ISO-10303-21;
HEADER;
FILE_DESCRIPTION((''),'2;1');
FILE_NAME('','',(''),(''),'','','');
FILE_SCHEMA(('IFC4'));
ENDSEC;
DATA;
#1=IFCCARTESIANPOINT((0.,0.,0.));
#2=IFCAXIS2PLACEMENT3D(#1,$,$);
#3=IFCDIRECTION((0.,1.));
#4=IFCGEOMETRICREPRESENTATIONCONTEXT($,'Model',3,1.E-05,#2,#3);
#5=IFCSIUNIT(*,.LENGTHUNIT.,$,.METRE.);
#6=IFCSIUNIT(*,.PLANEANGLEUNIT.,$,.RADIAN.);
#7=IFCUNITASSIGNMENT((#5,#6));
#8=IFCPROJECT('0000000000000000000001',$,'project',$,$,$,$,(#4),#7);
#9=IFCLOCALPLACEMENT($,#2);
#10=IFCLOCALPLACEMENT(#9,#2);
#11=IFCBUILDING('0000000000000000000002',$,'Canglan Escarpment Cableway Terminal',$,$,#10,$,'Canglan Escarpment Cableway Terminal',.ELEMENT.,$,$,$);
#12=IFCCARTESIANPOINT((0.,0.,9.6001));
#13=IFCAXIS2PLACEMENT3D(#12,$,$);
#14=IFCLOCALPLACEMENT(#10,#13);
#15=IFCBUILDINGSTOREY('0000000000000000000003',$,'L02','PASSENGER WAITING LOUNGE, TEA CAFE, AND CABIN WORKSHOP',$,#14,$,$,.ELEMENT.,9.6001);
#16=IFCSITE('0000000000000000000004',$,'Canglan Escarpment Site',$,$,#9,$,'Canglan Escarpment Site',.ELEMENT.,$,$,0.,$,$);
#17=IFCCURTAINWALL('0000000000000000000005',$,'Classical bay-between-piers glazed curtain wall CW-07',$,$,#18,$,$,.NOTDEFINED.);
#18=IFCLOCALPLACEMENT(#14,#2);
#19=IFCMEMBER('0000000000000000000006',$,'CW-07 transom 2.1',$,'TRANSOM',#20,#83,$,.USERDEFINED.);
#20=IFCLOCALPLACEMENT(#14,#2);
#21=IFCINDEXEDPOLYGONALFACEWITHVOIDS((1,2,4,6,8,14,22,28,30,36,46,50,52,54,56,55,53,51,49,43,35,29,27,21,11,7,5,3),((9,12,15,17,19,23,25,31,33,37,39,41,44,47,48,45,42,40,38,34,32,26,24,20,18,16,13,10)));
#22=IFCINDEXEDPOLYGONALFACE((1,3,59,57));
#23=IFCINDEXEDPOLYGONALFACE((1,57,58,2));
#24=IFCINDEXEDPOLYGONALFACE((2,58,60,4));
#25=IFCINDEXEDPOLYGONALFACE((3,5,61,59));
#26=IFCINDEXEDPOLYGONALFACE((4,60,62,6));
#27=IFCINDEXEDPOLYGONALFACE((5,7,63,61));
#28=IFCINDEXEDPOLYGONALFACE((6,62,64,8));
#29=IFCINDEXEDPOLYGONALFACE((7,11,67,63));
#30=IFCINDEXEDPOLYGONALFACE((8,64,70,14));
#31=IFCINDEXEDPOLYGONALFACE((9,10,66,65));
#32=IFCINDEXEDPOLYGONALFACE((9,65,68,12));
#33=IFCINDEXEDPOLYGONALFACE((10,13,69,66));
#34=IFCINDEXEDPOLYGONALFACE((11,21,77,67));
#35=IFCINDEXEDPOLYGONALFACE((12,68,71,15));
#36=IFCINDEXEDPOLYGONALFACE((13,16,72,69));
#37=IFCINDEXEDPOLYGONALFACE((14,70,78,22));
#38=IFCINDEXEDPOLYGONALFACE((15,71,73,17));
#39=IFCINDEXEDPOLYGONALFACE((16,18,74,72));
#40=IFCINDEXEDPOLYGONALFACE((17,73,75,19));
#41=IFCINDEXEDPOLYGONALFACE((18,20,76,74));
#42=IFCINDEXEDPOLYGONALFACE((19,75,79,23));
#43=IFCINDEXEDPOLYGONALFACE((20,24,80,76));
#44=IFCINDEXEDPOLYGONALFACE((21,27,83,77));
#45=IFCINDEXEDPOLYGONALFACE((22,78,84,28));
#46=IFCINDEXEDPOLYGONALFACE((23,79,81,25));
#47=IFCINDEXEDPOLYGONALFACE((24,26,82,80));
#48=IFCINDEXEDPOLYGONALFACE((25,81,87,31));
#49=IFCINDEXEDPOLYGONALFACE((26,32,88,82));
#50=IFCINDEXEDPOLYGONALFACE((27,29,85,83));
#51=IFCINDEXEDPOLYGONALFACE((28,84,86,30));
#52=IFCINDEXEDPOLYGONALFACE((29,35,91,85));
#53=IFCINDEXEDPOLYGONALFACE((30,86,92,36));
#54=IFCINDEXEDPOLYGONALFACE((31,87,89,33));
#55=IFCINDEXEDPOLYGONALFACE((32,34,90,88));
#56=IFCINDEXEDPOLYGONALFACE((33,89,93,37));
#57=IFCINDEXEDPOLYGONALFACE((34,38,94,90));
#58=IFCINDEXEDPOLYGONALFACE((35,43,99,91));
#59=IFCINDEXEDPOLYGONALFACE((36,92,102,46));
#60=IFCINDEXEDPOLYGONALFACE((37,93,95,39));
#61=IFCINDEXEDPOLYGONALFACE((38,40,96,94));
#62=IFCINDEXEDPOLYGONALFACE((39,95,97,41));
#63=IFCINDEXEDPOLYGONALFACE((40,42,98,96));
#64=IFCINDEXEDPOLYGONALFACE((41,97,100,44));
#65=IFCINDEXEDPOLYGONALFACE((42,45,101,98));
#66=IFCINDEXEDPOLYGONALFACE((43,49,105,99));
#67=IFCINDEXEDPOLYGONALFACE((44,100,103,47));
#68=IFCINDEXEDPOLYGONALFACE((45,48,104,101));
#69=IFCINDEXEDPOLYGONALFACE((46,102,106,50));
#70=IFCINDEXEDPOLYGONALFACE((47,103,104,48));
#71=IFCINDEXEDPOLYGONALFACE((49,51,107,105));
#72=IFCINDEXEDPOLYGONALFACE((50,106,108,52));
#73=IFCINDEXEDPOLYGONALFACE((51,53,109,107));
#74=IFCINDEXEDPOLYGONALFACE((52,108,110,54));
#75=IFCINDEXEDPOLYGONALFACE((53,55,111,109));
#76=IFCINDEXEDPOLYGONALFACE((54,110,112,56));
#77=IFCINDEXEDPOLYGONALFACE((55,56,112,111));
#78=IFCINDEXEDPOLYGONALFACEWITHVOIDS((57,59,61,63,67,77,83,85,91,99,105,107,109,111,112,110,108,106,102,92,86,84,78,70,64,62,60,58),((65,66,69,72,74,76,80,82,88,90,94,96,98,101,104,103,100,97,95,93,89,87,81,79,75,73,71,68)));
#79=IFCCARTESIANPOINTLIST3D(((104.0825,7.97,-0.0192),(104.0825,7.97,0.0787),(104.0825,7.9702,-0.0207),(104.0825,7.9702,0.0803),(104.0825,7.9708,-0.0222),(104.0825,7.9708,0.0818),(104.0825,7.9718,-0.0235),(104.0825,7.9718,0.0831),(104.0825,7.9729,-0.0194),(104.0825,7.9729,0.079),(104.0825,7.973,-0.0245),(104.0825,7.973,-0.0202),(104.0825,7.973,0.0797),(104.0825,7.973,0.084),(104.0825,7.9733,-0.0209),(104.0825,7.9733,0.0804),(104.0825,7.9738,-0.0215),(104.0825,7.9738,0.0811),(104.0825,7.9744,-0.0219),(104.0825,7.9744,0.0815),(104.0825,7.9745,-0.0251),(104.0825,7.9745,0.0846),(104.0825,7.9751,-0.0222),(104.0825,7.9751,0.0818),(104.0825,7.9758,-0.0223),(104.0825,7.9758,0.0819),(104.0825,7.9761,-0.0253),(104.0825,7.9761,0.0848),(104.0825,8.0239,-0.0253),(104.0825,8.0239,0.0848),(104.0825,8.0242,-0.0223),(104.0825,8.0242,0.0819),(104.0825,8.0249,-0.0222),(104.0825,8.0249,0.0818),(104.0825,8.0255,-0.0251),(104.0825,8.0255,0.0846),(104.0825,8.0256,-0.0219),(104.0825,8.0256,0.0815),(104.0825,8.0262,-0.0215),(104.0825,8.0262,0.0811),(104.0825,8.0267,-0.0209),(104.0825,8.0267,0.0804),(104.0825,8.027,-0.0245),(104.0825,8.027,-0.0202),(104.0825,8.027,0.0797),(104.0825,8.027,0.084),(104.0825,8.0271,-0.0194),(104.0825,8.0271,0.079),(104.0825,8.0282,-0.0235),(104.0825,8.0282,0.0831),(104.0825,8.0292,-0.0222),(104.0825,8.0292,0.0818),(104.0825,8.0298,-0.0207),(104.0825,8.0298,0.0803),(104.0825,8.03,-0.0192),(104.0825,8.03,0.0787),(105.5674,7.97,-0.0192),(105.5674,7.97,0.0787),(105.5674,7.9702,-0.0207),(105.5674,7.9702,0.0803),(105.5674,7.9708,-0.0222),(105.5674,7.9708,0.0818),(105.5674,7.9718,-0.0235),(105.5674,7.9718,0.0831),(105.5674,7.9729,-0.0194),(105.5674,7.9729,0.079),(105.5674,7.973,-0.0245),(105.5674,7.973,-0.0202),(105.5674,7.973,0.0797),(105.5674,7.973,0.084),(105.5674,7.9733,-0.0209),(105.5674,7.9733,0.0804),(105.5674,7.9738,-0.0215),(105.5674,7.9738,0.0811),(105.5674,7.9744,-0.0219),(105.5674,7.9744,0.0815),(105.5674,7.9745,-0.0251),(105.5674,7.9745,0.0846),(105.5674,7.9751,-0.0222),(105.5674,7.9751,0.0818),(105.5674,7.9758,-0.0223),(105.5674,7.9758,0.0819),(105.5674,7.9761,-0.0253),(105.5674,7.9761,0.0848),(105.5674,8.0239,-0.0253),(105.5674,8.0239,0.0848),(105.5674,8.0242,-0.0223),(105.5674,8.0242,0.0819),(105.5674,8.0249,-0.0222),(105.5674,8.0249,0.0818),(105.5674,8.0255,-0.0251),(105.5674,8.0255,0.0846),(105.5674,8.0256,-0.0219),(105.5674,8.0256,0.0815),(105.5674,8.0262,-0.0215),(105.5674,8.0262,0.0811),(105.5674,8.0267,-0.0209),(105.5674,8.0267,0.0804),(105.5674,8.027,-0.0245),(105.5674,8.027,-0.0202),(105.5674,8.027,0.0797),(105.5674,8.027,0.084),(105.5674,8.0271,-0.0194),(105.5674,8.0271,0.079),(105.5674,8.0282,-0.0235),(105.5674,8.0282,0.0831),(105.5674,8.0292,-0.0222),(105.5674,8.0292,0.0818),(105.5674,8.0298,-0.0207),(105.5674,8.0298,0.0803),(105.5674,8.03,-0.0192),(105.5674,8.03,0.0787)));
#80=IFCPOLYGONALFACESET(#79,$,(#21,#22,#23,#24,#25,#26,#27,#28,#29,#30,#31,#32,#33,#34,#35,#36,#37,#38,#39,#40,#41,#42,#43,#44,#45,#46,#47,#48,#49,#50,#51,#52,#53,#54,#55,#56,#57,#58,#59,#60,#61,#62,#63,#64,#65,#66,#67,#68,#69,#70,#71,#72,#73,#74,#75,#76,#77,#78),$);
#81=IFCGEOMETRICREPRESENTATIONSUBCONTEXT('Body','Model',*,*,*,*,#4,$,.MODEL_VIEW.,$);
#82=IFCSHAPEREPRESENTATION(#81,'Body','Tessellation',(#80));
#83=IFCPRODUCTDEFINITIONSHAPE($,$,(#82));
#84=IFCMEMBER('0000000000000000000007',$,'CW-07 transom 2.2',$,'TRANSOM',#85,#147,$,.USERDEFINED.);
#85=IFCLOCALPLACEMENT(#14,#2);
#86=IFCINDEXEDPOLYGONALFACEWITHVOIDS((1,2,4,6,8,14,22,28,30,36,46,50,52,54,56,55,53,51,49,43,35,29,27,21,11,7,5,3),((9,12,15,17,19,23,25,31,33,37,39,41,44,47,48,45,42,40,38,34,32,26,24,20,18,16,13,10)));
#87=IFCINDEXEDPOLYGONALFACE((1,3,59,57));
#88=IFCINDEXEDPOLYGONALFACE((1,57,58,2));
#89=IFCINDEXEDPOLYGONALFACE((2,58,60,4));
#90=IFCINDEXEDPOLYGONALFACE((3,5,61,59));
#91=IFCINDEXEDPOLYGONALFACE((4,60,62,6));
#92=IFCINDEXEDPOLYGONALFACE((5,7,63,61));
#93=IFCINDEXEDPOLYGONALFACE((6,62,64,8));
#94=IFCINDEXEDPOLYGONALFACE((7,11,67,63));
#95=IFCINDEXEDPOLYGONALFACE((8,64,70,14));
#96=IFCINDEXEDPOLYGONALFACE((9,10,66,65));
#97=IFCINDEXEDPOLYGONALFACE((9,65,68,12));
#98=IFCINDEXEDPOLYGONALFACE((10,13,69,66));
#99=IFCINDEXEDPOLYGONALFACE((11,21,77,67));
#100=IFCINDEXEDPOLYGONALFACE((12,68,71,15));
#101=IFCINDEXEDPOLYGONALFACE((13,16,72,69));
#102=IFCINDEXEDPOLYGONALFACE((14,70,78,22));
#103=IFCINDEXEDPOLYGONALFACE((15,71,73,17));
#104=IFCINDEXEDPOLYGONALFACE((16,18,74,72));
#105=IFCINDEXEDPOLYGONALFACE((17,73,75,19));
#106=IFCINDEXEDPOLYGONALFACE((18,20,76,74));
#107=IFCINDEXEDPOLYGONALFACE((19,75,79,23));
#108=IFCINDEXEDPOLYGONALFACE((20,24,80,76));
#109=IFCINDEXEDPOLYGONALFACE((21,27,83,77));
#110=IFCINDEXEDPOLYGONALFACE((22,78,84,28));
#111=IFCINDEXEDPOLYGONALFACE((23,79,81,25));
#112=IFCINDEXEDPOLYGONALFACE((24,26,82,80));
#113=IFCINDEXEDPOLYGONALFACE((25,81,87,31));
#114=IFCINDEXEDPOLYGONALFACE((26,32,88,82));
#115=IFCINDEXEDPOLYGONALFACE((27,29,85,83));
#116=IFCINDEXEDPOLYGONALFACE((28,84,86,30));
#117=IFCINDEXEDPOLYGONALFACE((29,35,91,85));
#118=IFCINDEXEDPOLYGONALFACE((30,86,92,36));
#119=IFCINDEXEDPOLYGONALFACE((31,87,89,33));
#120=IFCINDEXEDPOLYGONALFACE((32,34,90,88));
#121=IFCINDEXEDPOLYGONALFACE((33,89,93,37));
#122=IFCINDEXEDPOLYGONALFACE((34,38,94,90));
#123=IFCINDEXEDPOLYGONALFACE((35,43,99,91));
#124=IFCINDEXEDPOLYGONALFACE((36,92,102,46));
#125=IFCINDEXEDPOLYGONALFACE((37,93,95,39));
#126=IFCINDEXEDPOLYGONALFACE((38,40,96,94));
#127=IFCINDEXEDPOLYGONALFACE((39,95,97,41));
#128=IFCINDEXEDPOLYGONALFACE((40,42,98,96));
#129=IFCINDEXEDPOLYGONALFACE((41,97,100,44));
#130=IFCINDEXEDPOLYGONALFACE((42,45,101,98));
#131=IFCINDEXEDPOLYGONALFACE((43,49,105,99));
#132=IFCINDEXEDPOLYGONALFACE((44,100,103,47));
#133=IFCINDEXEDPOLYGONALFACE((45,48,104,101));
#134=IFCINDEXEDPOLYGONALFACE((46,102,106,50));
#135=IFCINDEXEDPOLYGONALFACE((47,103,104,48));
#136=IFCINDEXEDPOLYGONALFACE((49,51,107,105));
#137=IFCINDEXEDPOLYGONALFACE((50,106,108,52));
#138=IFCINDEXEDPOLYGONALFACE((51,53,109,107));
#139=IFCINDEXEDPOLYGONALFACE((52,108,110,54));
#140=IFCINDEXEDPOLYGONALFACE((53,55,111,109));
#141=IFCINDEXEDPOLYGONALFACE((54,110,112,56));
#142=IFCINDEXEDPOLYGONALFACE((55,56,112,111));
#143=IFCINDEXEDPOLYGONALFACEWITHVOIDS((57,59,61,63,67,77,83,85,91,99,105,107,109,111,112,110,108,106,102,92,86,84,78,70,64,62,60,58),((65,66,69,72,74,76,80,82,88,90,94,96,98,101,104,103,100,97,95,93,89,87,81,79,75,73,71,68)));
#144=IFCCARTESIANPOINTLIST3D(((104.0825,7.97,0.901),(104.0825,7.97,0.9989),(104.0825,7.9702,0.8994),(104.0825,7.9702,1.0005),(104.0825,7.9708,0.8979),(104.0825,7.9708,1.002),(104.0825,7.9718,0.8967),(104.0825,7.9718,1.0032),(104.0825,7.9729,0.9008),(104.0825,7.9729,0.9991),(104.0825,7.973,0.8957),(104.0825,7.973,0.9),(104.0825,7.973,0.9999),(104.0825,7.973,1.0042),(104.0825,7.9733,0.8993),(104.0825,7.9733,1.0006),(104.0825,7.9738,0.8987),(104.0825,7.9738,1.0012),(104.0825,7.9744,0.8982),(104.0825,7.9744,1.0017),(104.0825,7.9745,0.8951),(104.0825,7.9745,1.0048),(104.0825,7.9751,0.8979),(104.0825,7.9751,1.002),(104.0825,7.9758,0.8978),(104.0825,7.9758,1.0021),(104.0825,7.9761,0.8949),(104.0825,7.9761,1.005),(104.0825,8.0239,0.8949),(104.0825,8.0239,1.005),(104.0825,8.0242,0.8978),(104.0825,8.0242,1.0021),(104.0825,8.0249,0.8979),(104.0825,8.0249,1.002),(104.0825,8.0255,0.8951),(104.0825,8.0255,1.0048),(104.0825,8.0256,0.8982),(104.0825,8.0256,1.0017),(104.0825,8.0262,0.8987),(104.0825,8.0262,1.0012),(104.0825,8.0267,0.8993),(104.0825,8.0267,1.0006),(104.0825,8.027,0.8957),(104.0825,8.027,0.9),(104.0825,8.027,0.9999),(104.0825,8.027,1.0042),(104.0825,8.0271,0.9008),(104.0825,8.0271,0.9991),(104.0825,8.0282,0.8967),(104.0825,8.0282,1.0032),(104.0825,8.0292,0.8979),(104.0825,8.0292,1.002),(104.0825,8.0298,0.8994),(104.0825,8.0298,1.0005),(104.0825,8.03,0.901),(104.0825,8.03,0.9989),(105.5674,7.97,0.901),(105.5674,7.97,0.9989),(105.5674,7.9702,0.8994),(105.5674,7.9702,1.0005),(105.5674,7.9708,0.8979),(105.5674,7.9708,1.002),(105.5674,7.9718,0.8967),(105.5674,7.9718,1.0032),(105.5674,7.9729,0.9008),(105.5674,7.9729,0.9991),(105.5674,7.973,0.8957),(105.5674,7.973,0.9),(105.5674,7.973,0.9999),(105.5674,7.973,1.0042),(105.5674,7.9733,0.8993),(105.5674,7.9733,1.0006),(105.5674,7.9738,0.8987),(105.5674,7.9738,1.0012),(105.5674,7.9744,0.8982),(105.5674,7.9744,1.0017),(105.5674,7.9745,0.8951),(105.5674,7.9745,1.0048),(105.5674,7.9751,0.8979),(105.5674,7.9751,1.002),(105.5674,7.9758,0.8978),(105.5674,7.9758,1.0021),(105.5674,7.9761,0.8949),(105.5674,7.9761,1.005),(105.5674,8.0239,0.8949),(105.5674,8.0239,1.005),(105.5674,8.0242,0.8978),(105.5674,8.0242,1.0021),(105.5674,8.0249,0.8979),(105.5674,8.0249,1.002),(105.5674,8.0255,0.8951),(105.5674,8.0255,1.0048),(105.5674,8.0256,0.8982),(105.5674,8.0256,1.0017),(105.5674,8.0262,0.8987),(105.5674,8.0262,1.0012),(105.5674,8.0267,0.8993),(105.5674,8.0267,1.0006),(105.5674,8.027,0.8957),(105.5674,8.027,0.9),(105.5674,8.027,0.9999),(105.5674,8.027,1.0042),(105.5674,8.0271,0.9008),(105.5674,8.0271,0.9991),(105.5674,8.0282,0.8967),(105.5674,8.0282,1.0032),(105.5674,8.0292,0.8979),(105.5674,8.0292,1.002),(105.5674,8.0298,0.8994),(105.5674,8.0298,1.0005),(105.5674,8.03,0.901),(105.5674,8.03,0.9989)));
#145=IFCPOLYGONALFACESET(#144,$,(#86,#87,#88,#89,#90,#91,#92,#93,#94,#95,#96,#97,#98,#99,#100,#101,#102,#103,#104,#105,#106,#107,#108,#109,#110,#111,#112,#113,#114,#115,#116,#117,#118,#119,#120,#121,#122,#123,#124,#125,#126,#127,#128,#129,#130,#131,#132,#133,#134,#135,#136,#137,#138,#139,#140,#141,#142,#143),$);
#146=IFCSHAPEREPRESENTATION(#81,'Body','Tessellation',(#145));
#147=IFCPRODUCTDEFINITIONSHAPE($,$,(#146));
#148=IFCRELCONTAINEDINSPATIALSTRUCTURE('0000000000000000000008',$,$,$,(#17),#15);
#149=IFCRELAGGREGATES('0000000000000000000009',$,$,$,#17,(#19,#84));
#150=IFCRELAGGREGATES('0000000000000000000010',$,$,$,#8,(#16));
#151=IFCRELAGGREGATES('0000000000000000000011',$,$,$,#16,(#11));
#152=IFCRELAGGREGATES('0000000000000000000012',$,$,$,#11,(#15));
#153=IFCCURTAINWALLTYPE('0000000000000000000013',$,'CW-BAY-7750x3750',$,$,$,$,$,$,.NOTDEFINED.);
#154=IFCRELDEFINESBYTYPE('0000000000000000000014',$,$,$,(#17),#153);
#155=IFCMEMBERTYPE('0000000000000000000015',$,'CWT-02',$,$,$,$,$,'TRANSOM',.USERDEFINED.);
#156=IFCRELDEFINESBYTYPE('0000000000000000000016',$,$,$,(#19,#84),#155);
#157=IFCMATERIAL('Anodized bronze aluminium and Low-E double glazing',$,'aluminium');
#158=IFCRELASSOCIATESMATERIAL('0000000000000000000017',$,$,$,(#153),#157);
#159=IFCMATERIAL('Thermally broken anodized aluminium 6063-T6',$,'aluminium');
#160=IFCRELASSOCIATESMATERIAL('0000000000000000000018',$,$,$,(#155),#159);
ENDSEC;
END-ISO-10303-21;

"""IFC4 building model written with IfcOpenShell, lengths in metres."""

from ifc_helpers import new_model, si_unit, direction, frame, origin, origin_2d, place, context, subcontext, project, spatial, hollow_rectangle, extrude, material, material_profile, profile_set, type_object, element, aggregate, save


model = new_model("IFC4")

# Units and contexts
model_context = context("Model", 3, precision=1e-05, world=origin(), true_north=direction((0.0, 1.0)))
body_context = subcontext(model_context, "Body", "Model", "MODEL_VIEW")
ifc_project = project(units=[si_unit("LENGTHUNIT", "METRE"), si_unit("PLANEANGLEUNIT", "RADIAN")], contexts=[model_context])

# Site, building, storey
site_placement = place(None, origin())
site = spatial("IfcSite", under=ifc_project, at=site_placement, Name="Canglan Escarpment Site", LongName="Canglan Escarpment Site", CompositionType="ELEMENT", RefElevation=0.0)
building_placement = place(site_placement, origin())
building = spatial("IfcBuilding", under=site, at=building_placement, Name="Canglan Escarpment Cableway Terminal", LongName="Canglan Escarpment Cableway Terminal", CompositionType="ELEMENT")
storey_placement = place(building_placement, frame((0.0, 0.0, 9.6001)))
storey = spatial("IfcBuildingStorey", under=building, at=storey_placement, Name="L02", Description="PASSENGER WAITING LOUNGE, TEA CAFE, AND CABIN WORKSHOP", CompositionType="ELEMENT", Elevation=9.6001)

# Curtain wall, members
ifc_material_1 = material(Name="Anodized bronze aluminium and Low-E double glazing", Category="aluminium")
curtain_wall_type = type_object("IfcCurtainWallType", Name="CW-BAY-7750x3750", PredefinedType="NOTDEFINED", material=ifc_material_1)
curtain_wall_placement = place(storey_placement, origin())
curtain_wall = element("IfcCurtainWall", 1, at=curtain_wall_placement, inside=storey, type_object=curtain_wall_type, Name="Classical bay-between-piers glazed curtain wall CW-07", PredefinedType="NOTDEFINED")
ifc_material_2 = material(Name="Thermally broken anodized aluminium 6063-T6", Category="aluminium")
ifc_material_profile_1 = material_profile(ifc_material_2, hollow_rectangle(XDim=0.0601, YDim=0.1101, WallThickness=0.0029, InnerFilletRadius=0.0029, OuterFilletRadius=0.0061, at=origin_2d()), Name="ALU-TRAN 60x110x3")
ifc_profile_set_1 = profile_set([ifc_material_profile_1], Name="Thermally broken anodized aluminium 6063-T6")
member_type_1 = type_object("IfcMemberType", Name="CWT-02", ElementType="TRANSOM", PredefinedType="USERDEFINED", material=ifc_profile_set_1)
member_1_placement = place(storey_placement, frame((104.0825, 8.0, 0.0298), z_axis=(1.0, 0.0, 0.0), x_axis=(0.0, 1.0, 0.0)))
member_1 = element("IfcMember", 2, at=member_1_placement, type_object=member_type_1, Name="CW-07 transom 2.1", ObjectType="TRANSOM", PredefinedType="USERDEFINED", context=body_context, shape_type="SweptSolid", body=[
    extrude(hollow_rectangle(XDim=0.0601, YDim=0.1101, WallThickness=0.0029, InnerFilletRadius=0.0029, OuterFilletRadius=0.0061, at=origin_2d()), origin(), (0.0, 0.0, 1.0), 1.4849),
])
member_2_placement = place(storey_placement, frame((104.0825, 8.0, 0.95), z_axis=(1.0, 0.0, 0.0), x_axis=(0.0, 1.0, 0.0)))
member_2 = element("IfcMember", 3, at=member_2_placement, type_object=member_type_1, Name="CW-07 transom 2.2", ObjectType="TRANSOM", PredefinedType="USERDEFINED", context=body_context, shape_type="SweptSolid", body=[
    extrude(hollow_rectangle(XDim=0.0601, YDim=0.1101, WallThickness=0.0029, InnerFilletRadius=0.0029, OuterFilletRadius=0.0061, at=origin_2d()), origin(), (0.0, 0.0, 1.0), 1.4849),
])

aggregate(curtain_wall, [member_1, member_2])

save(model, "model.ifc")
